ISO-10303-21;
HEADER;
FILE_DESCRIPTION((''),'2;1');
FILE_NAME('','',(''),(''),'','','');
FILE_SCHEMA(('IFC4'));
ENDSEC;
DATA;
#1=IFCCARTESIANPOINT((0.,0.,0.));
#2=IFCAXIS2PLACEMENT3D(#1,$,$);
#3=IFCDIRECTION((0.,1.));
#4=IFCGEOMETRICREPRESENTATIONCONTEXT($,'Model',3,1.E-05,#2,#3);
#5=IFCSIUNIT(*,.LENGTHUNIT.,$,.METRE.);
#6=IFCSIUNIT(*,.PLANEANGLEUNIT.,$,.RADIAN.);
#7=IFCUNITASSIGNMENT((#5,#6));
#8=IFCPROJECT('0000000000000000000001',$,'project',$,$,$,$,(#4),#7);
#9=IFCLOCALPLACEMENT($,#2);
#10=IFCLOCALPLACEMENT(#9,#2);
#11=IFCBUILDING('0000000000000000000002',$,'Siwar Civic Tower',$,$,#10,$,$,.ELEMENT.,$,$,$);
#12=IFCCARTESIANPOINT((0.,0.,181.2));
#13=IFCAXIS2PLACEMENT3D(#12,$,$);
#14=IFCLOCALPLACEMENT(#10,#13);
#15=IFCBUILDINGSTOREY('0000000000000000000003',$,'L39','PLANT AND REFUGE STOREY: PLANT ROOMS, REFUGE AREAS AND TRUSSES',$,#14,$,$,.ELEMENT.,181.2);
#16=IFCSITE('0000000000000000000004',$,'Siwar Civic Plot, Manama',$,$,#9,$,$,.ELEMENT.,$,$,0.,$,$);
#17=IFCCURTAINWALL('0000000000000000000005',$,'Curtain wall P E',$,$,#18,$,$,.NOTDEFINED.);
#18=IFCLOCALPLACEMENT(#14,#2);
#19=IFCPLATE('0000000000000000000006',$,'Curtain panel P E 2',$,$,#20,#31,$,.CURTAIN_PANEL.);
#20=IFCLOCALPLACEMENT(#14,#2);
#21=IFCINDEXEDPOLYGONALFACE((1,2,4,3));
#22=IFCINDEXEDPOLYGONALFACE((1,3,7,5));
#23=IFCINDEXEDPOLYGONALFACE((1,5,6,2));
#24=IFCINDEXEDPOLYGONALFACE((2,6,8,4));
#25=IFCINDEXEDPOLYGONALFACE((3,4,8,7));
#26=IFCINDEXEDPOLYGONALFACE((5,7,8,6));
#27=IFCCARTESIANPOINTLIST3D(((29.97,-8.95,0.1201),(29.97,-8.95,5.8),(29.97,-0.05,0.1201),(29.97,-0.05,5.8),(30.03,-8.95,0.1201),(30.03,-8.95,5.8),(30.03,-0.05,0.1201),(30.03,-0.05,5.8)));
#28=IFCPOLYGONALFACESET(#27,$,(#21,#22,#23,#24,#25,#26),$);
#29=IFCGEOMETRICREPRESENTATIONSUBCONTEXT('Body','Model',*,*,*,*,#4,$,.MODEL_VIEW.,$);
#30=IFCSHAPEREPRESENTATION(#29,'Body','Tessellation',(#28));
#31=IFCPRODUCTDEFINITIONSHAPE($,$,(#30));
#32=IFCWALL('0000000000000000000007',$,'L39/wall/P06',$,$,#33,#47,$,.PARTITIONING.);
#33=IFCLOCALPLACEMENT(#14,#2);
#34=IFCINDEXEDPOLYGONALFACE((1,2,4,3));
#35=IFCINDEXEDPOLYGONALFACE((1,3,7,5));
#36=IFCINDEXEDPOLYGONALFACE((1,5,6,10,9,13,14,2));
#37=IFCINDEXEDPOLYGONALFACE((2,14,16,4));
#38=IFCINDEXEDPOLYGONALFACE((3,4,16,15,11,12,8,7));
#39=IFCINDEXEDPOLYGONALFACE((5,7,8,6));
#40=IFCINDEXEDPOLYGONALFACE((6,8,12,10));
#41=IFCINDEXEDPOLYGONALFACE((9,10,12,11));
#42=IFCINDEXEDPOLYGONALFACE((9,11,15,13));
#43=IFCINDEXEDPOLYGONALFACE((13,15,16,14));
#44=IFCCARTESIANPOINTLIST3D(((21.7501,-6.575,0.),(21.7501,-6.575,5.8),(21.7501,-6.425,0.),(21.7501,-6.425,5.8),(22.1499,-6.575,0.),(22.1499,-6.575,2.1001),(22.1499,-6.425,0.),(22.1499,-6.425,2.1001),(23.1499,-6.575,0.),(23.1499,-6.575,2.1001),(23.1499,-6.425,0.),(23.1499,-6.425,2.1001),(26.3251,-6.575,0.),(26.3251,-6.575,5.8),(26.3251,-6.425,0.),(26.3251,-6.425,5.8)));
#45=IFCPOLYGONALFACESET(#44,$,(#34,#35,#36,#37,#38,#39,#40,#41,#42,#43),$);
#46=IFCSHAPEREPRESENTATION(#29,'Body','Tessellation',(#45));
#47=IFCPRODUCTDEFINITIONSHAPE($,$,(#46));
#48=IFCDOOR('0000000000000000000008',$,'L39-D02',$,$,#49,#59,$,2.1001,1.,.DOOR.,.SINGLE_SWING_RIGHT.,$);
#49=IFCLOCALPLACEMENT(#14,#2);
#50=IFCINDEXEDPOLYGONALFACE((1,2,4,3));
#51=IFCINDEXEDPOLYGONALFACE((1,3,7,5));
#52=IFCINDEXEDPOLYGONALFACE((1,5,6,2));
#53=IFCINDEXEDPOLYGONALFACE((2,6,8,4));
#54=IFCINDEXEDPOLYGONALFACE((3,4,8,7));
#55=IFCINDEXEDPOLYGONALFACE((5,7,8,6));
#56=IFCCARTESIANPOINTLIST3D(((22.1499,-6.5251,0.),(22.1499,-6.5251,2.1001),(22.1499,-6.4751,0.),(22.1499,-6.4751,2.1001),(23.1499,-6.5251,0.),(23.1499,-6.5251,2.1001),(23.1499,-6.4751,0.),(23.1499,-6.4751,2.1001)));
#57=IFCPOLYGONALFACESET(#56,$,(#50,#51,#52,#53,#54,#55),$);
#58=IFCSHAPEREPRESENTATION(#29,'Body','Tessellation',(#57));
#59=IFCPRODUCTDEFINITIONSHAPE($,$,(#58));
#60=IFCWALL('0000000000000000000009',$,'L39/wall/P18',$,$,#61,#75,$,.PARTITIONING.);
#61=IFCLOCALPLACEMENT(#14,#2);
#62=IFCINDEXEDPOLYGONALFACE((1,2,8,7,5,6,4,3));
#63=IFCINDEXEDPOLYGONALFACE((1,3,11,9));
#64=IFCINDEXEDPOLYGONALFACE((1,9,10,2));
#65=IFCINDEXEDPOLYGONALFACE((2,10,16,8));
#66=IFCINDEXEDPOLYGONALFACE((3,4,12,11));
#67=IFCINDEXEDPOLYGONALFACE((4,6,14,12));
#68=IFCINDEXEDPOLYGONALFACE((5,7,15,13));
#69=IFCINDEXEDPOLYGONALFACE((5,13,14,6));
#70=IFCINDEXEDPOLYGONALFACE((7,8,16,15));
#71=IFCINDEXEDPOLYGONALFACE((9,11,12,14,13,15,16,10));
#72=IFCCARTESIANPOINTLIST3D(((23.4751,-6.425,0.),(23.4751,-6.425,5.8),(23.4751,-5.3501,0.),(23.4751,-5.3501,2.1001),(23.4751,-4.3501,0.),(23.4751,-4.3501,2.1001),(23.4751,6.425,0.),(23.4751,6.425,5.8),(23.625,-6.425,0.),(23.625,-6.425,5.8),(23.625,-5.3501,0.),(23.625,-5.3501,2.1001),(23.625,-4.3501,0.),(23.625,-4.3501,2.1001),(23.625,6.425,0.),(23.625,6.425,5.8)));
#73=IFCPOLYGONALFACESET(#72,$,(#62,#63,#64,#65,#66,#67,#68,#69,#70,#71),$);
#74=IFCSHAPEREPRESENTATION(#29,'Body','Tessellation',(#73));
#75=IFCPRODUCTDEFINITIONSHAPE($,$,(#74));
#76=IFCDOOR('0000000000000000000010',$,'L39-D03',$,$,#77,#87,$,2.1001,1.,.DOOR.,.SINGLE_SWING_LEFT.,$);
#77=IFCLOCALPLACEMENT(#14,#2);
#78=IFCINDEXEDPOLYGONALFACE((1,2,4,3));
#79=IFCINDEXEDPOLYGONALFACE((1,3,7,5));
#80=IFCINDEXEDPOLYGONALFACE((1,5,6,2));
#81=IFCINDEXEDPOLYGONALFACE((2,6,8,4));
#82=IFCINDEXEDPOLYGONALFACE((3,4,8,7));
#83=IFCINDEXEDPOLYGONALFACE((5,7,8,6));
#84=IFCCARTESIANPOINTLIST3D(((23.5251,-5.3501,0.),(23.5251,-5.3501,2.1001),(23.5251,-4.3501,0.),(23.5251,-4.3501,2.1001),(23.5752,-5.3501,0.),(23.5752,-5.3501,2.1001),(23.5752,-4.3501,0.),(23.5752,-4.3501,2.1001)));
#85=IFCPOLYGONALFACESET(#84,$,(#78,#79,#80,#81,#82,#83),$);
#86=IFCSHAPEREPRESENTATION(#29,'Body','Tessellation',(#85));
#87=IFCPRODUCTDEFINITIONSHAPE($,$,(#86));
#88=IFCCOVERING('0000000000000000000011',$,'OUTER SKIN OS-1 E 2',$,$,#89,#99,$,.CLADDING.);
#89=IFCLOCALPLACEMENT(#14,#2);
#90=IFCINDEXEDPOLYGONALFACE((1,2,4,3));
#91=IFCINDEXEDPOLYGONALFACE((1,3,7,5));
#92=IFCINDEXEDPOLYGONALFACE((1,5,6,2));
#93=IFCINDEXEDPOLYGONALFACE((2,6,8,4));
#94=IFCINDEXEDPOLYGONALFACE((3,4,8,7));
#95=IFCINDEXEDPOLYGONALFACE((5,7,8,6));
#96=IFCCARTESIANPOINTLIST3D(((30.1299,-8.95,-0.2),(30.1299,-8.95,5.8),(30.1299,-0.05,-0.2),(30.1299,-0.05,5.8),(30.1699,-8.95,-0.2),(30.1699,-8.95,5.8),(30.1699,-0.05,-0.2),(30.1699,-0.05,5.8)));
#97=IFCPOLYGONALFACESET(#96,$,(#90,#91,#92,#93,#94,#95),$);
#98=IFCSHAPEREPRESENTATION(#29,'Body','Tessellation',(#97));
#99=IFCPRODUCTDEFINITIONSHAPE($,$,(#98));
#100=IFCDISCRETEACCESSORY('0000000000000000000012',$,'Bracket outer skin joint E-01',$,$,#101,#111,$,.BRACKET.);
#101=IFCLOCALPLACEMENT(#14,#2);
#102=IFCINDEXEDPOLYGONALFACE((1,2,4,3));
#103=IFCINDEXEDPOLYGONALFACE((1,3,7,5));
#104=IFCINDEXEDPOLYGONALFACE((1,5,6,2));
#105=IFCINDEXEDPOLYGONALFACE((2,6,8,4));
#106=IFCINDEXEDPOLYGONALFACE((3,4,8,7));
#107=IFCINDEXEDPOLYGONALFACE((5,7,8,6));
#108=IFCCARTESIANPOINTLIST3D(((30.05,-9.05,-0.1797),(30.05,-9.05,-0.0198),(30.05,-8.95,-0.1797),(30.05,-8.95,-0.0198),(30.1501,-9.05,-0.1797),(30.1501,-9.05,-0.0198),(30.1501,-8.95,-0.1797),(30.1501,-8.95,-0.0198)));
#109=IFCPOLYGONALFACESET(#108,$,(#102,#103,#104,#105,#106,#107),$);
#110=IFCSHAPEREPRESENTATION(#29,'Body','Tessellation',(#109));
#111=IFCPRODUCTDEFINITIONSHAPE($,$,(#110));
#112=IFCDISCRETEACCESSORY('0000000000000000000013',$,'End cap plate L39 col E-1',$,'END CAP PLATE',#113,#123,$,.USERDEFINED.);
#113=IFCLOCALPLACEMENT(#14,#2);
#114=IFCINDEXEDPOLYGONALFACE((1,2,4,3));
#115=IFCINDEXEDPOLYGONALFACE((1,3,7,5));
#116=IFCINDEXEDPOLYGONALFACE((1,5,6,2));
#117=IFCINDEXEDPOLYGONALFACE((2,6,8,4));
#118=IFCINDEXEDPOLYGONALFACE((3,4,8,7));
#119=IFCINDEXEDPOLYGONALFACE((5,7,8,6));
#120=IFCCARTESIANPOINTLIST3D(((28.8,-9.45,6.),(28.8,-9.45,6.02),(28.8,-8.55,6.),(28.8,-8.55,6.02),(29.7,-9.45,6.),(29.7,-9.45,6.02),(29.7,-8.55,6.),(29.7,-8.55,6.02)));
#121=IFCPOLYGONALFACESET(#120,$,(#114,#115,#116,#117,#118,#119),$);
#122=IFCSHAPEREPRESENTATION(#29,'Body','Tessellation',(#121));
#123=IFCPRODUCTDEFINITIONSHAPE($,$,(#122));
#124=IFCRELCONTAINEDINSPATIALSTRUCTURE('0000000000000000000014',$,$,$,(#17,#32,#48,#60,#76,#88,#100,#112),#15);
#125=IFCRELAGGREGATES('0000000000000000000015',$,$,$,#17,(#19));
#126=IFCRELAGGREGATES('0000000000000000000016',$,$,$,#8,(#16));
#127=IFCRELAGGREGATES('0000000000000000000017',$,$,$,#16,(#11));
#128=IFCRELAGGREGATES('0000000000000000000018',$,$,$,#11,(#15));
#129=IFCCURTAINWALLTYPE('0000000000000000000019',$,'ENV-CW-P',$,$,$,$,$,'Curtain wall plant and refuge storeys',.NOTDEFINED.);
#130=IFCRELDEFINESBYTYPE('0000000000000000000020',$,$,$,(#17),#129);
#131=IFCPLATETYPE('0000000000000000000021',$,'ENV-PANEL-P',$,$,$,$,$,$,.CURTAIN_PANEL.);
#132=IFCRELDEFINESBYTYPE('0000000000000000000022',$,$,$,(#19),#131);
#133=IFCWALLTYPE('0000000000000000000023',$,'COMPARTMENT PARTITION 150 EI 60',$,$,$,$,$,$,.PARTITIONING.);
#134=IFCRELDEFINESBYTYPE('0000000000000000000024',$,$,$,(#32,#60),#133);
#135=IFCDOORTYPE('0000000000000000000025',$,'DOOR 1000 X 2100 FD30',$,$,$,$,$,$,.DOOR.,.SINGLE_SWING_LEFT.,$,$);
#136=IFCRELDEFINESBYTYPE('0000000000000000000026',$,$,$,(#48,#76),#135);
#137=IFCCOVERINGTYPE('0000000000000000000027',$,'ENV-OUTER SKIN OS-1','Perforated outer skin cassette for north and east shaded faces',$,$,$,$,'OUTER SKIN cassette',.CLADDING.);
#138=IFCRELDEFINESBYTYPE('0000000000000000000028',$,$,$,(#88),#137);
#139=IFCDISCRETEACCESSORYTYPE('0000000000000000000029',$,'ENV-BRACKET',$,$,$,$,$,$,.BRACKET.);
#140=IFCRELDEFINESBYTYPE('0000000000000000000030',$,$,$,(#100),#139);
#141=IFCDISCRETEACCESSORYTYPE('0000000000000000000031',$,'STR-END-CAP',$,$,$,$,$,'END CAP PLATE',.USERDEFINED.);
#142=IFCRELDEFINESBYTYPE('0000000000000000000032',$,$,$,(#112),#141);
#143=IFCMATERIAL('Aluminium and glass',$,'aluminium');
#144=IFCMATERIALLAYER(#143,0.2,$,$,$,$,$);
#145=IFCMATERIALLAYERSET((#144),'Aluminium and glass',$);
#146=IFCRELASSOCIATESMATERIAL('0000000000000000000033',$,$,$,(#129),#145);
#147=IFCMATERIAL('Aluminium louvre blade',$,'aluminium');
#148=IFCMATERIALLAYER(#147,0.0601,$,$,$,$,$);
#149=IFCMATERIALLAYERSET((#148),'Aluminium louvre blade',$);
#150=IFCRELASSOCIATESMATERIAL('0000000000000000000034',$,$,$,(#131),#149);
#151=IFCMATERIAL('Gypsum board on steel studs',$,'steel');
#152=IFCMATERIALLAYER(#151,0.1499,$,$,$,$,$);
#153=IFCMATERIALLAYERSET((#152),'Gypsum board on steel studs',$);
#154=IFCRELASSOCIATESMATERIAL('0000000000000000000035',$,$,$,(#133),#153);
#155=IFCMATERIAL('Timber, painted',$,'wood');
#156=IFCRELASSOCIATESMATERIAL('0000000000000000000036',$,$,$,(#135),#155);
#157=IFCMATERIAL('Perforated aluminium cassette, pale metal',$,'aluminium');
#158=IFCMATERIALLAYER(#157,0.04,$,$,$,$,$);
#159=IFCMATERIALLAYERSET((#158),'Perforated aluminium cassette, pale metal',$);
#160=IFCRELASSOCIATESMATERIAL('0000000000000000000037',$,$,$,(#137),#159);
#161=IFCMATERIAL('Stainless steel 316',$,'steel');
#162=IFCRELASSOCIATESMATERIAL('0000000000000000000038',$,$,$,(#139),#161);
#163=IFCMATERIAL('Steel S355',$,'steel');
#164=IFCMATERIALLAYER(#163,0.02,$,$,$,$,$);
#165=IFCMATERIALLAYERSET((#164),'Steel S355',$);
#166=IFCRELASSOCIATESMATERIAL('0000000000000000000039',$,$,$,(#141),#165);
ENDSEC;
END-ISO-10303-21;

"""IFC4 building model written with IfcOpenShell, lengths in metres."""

from ifc_helpers import new_model, si_unit, direction, frame, frame_2d, origin, origin_2d, place, context, subcontext, project, spatial, rectangle, extrude, material, layer, layer_set, type_object, element, fill, aggregate, save


model = new_model("IFC4")

# Units and contexts
model_context = context("Model", 3, precision=1e-05, world=origin(), true_north=direction((0.0, 1.0)))
body_context = subcontext(model_context, "Body", "Model", "MODEL_VIEW")
ifc_project = project(units=[si_unit("LENGTHUNIT", "METRE"), si_unit("PLANEANGLEUNIT", "RADIAN")], contexts=[model_context])

# Site, building, storey
site_placement = place(None, origin())
site = spatial("IfcSite", under=ifc_project, at=site_placement, Name="Siwar Civic Plot, Manama", CompositionType="ELEMENT", RefElevation=0.0)
building_placement = place(site_placement, origin())
building = spatial("IfcBuilding", under=site, at=building_placement, Name="Siwar Civic Tower", CompositionType="ELEMENT")
storey_placement = place(building_placement, frame((0.0, 0.0, 181.2)))
storey = spatial("IfcBuildingStorey", under=building, at=storey_placement, Name="L39", Description="PLANT AND REFUGE STOREY: PLANT ROOMS, REFUGE AREAS AND TRUSSES", CompositionType="ELEMENT", Elevation=181.2)

# Curtain wall
ifc_material_1 = material(Name="Aluminium and glass", Category="aluminium")
ifc_layer_1 = layer(ifc_material_1, 0.2)
ifc_layer_set_1 = layer_set([ifc_layer_1], Name="Aluminium and glass")
curtain_wall_type = type_object("IfcCurtainWallType", Name="ENV-CW-P", ElementType="Curtain wall plant and refuge storeys", PredefinedType="NOTDEFINED", material=ifc_layer_set_1)
curtain_wall_placement = place(storey_placement, origin())
curtain_wall = element("IfcCurtainWall", 1, at=curtain_wall_placement, inside=storey, type_object=curtain_wall_type, Name="Curtain wall P E", PredefinedType="NOTDEFINED")

# Plate
ifc_material_2 = material(Name="Aluminium louvre blade", Category="aluminium")
ifc_layer_2 = layer(ifc_material_2, 0.0601)
ifc_layer_set_2 = layer_set([ifc_layer_2], Name="Aluminium louvre blade")
plate_type = type_object("IfcPlateType", Name="ENV-PANEL-P", PredefinedType="CURTAIN_PANEL", material=ifc_layer_set_2)
plate_placement = place(storey_placement, frame((30.0, -4.5, 0.1201), z_axis=(0.0, 0.0, 1.0), x_axis=(0.0, 1.0, 0.0)))
plate = element("IfcPlate", 2, at=plate_placement, type_object=plate_type, Name="Curtain panel P E 2", PredefinedType="CURTAIN_PANEL", context=body_context, shape_type="SweptSolid", body=[
    extrude(rectangle(XDim=8.8999, YDim=0.0601, at=origin_2d()), origin(), (0.0, 0.0, 1.0), 5.6799),
])
aggregate(curtain_wall, [plate])

# Walls, openings, doors
ifc_material_3 = material(Name="Gypsum board on steel studs", Category="steel")
ifc_layer_3 = layer(ifc_material_3, 0.1499)
ifc_layer_set_3 = layer_set([ifc_layer_3], Name="Gypsum board on steel studs")
wall_type = type_object("IfcWallType", Name="COMPARTMENT PARTITION 150 EI 60", PredefinedType="PARTITIONING", material=ifc_layer_set_3)
wall_1_placement = place(storey_placement, frame((21.75, -6.5, 0.0), z_axis=(0.0, 0.0, 1.0), x_axis=(1.0, 0.0, 0.0)))
wall_1 = element("IfcWall", 3, at=wall_1_placement, inside=storey, type_object=wall_type, Name="L39/wall/P06", PredefinedType="PARTITIONING", context=body_context, shape_type="SweptSolid", body=[
    extrude(rectangle(XDim=4.575, YDim=0.1499, at=frame_2d((2.2876, 0.0))), origin(), (0.0, 0.0, 1.0), 5.8),
])
opening_1_placement = place(wall_1_placement, frame((0.3999, 0.0, 0.0)))
opening_1 = element("IfcOpeningElement", 4, at=opening_1_placement, cuts=wall_1, PredefinedType="OPENING", context=body_context, shape_type="SweptSolid", body=[
    extrude(rectangle(XDim=1.0, YDim=2.1001, at=frame_2d((0.5, 1.05))), frame((0.0, 0.085, 0.0), z_axis=(0.0, -1.0, 0.0), x_axis=(1.0, 0.0, 0.0)), (0.0, 0.0, 1.0), 0.1699),
])
ifc_material_4 = material(Name="Timber, painted", Category="wood")
door_type = type_object("IfcDoorType", Name="DOOR 1000 X 2100 FD30", OperationType="SINGLE_SWING_LEFT", PredefinedType="DOOR", material=ifc_material_4)
door_1_placement = place(opening_1_placement, origin())
door_1 = element("IfcDoor", 5, at=door_1_placement, inside=storey, type_object=door_type, Name="L39-D02", OperationType="SINGLE_SWING_RIGHT", OverallHeight=2.1001, OverallWidth=1.0, PredefinedType="DOOR", context=body_context, shape_type="SweptSolid", body=[
    extrude(rectangle(XDim=1.0, YDim=2.1001, at=frame_2d((0.5, 1.05))), frame((0.0, 0.0249, 0.0), z_axis=(0.0, -1.0, 0.0), x_axis=(1.0, 0.0, 0.0)), (0.0, 0.0, 1.0), 0.05),
])
fill(opening_1, door_1)
wall_2_placement = place(storey_placement, frame((23.55, -6.425, 0.0), z_axis=(0.0, 0.0, 1.0), x_axis=(0.0, 1.0, 0.0)))
wall_2 = element("IfcWall", 6, at=wall_2_placement, inside=storey, type_object=wall_type, Name="L39/wall/P18", PredefinedType="PARTITIONING", context=body_context, shape_type="SweptSolid", body=[
    extrude(rectangle(XDim=12.8501, YDim=0.1499, at=frame_2d((6.425, 0.0))), origin(), (0.0, 0.0, 1.0), 5.8),
])
opening_2_placement = place(wall_2_placement, frame((1.075, 0.0, 0.0)))
opening_2 = element("IfcOpeningElement", 7, at=opening_2_placement, cuts=wall_2, PredefinedType="OPENING", context=body_context, shape_type="SweptSolid", body=[
    extrude(rectangle(XDim=1.0, YDim=2.1001, at=frame_2d((0.5, 1.05))), frame((0.0, 0.085, 0.0), z_axis=(0.0, -1.0, 0.0), x_axis=(1.0, 0.0, 0.0)), (0.0, 0.0, 1.0), 0.1699),
])
door_2_placement = place(opening_2_placement, origin())
door_2 = element("IfcDoor", 8, at=door_2_placement, inside=storey, type_object=door_type, Name="L39-D03", OperationType="SINGLE_SWING_LEFT", OverallHeight=2.1001, OverallWidth=1.0, PredefinedType="DOOR", context=body_context, shape_type="SweptSolid", body=[
    extrude(rectangle(XDim=1.0, YDim=2.1001, at=frame_2d((0.5, 1.05))), frame((0.0, 0.0249, 0.0), z_axis=(0.0, -1.0, 0.0), x_axis=(1.0, 0.0, 0.0)), (0.0, 0.0, 1.0), 0.05),
])
fill(opening_2, door_2)

# Covering
ifc_material_5 = material(Name="Perforated aluminium cassette, pale metal", Category="aluminium")
ifc_layer_4 = layer(ifc_material_5, 0.04)
ifc_layer_set_4 = layer_set([ifc_layer_4], Name="Perforated aluminium cassette, pale metal")
covering_type = type_object("IfcCoveringType", Name="ENV-OUTER SKIN OS-1", Description="Perforated outer skin cassette for north and east shaded faces", ElementType="OUTER SKIN cassette", PredefinedType="CLADDING", material=ifc_layer_set_4)
covering_placement = place(storey_placement, frame((30.1499, -4.5, -0.2), z_axis=(0.0, 0.0, 1.0), x_axis=(0.0, 1.0, 0.0)))
element("IfcCovering", 9, at=covering_placement, inside=storey, type_object=covering_type, Name="OUTER SKIN OS-1 E 2", PredefinedType="CLADDING", context=body_context, shape_type="SweptSolid", body=[
    extrude(rectangle(XDim=8.8999, YDim=0.04, at=origin_2d()), origin(), (0.0, 0.0, 1.0), 6.0),
])

# Discrete accessories
ifc_material_6 = material(Name="Stainless steel 316", Category="steel")
discrete_accessory_type_1 = type_object("IfcDiscreteAccessoryType", Name="ENV-BRACKET", PredefinedType="BRACKET", material=ifc_material_6)
discrete_accessory_1_placement = place(storey_placement, frame((30.1001, -9.0, -0.1797), z_axis=(0.0, 0.0, 1.0), x_axis=(1.0, 0.0, 0.0)))
element("IfcDiscreteAccessory", 10, at=discrete_accessory_1_placement, inside=storey, type_object=discrete_accessory_type_1, Name="Bracket outer skin joint E-01", PredefinedType="BRACKET", context=body_context, shape_type="SweptSolid", body=[
    extrude(rectangle(XDim=0.1001, YDim=0.1001, at=origin_2d()), origin(), (0.0, 0.0, 1.0), 0.1599),
])
ifc_material_7 = material(Name="Steel S355", Category="steel")
ifc_layer_5 = layer(ifc_material_7, 0.02)
ifc_layer_set_5 = layer_set([ifc_layer_5], Name="Steel S355")
discrete_accessory_type_2 = type_object("IfcDiscreteAccessoryType", Name="STR-END-CAP", ElementType="END CAP PLATE", PredefinedType="USERDEFINED", material=ifc_layer_set_5)
discrete_accessory_2_placement = place(storey_placement, frame((29.25, -9.0, 6.0), z_axis=(0.0, 0.0, 1.0), x_axis=(1.0, 0.0, 0.0)))
element("IfcDiscreteAccessory", 11, at=discrete_accessory_2_placement, inside=storey, type_object=discrete_accessory_type_2, Name="End cap plate L39 col E-1", ObjectType="END CAP PLATE", PredefinedType="USERDEFINED", context=body_context, shape_type="SweptSolid", body=[
    extrude(rectangle(XDim=0.8999, YDim=0.8999, at=origin_2d()), origin(), (0.0, 0.0, 1.0), 0.02),
])

save(model, "model.ifc")
